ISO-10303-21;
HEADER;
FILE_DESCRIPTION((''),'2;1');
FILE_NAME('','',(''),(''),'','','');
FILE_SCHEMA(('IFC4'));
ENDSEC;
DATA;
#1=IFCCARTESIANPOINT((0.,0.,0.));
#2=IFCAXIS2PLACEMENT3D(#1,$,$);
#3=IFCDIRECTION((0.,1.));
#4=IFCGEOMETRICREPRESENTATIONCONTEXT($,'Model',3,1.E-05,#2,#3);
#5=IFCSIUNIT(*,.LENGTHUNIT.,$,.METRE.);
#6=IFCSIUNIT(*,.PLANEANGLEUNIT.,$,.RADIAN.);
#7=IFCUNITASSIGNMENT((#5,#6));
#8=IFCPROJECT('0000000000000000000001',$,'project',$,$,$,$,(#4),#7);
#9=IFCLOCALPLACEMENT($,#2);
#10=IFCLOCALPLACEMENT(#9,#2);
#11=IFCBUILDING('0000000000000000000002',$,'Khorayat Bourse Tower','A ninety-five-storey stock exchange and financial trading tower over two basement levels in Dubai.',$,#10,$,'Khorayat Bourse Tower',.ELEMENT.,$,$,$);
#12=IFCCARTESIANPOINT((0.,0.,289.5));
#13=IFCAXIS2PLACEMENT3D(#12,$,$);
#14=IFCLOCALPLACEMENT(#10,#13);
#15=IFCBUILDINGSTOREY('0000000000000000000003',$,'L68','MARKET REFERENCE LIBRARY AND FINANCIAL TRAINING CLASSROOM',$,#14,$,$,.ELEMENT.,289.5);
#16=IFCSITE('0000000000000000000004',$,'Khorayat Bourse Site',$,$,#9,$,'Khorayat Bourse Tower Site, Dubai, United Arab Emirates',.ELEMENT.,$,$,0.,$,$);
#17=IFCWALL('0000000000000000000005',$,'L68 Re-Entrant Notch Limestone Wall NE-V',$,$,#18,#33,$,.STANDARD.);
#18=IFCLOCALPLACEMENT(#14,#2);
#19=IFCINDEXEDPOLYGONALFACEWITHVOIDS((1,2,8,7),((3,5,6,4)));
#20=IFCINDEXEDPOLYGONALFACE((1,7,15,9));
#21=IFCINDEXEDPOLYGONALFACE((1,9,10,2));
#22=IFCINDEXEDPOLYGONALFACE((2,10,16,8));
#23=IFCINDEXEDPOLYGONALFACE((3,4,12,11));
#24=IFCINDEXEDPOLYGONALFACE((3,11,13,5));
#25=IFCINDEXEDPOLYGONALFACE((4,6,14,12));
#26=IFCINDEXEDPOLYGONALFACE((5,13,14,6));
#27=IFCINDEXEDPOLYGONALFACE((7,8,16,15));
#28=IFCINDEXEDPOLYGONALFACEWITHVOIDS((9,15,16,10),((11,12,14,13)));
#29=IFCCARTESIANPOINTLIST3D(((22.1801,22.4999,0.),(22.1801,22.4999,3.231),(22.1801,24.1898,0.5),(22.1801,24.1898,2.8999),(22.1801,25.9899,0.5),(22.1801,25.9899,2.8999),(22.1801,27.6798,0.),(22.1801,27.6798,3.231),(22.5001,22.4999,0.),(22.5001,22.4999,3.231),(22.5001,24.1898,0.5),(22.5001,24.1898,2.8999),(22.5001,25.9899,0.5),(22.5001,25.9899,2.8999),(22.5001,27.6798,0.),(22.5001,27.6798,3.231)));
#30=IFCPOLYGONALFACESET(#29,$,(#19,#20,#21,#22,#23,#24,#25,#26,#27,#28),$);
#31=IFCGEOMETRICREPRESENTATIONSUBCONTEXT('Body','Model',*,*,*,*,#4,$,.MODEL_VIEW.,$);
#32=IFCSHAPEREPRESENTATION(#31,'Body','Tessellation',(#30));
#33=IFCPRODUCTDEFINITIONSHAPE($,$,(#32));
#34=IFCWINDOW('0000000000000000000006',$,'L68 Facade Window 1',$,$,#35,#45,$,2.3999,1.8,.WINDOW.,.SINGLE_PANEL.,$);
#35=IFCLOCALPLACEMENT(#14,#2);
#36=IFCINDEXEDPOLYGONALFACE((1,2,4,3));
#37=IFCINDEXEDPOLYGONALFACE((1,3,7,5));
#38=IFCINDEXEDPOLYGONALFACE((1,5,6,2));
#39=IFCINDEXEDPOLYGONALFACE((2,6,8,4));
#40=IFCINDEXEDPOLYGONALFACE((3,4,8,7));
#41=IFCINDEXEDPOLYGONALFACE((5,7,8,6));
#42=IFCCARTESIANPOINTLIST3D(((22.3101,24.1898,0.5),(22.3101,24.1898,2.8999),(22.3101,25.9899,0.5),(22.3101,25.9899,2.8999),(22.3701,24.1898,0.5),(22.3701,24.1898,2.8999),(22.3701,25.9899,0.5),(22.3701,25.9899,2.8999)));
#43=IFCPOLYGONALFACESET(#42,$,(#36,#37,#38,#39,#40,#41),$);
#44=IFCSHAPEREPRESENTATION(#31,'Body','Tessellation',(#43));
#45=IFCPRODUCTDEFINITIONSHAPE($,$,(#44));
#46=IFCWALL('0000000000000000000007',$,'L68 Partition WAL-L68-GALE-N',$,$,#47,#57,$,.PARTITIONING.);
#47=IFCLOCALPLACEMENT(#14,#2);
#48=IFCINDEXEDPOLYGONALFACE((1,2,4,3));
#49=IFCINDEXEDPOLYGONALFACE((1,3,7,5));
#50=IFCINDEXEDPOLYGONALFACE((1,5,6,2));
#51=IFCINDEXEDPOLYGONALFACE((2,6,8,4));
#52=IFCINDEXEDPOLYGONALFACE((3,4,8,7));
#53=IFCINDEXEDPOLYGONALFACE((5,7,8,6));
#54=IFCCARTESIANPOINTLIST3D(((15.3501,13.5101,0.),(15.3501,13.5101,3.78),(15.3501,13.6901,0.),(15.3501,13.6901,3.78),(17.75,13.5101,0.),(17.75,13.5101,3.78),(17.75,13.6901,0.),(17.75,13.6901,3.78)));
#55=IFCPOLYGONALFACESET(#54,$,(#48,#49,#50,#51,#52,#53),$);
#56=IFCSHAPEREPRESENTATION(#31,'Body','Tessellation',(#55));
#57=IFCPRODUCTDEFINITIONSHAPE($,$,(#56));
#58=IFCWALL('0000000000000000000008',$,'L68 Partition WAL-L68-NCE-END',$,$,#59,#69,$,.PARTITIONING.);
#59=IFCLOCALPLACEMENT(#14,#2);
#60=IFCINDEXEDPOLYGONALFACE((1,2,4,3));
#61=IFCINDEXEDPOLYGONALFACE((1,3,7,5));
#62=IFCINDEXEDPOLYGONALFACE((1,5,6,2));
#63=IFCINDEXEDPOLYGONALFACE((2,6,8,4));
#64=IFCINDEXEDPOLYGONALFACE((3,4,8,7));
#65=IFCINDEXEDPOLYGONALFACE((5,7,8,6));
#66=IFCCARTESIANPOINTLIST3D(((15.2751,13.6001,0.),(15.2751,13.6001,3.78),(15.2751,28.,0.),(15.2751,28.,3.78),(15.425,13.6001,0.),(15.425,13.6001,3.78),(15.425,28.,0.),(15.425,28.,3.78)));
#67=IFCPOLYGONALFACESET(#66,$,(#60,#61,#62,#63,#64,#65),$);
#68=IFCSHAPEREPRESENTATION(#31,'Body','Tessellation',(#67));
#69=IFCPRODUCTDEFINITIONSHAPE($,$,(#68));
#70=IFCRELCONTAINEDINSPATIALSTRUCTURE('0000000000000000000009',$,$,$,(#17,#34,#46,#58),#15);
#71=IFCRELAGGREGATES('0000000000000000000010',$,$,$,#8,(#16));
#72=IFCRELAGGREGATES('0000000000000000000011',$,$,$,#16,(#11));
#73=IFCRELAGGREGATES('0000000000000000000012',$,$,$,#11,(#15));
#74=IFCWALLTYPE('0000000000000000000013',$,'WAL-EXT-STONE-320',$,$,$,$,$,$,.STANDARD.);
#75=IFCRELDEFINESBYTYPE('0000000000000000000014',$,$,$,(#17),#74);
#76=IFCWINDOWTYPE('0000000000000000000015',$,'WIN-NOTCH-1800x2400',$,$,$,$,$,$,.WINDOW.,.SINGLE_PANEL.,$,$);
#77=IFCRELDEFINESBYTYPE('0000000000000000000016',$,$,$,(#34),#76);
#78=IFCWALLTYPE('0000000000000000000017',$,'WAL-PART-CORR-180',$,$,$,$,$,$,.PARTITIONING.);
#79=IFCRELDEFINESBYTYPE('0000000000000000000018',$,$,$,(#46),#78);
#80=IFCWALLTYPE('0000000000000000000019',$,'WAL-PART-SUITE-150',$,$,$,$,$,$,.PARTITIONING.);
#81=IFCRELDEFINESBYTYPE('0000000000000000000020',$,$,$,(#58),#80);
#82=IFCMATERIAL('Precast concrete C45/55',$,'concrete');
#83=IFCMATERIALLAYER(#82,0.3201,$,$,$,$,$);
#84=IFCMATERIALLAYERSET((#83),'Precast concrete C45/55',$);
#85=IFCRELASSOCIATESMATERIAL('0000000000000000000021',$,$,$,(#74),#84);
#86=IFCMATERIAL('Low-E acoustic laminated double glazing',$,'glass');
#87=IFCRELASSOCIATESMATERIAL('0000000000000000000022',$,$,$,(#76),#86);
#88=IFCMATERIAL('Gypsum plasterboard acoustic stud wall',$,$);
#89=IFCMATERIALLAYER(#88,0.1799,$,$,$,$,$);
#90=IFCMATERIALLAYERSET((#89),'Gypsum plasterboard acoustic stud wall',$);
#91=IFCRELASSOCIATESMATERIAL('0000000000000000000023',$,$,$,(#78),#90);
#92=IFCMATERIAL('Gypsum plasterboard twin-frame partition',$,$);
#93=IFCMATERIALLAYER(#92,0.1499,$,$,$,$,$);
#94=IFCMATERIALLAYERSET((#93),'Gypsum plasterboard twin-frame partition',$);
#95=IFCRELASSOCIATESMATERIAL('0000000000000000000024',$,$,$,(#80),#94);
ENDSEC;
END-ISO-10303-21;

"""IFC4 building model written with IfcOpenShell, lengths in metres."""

from ifc_helpers import new_model, si_unit, direction, frame, frame_2d, origin, place, context, subcontext, project, spatial, rectangle, extrude, source, transform, mapped, material, layer, layer_set, type_object, element, fill, save


model = new_model("IFC4")

# Units and contexts
model_context = context("Model", 3, precision=1e-05, world=origin(), true_north=direction((0.0, 1.0)))
body_context = subcontext(model_context, "Body", "Model", "MODEL_VIEW")
ifc_project = project(units=[si_unit("LENGTHUNIT", "METRE"), si_unit("PLANEANGLEUNIT", "RADIAN")], contexts=[model_context])

# Site, building, storey
site_placement = place(None, origin())
site = spatial("IfcSite", under=ifc_project, at=site_placement, Name="Khorayat Bourse Site", LongName="Khorayat Bourse Tower Site, Dubai, United Arab Emirates", CompositionType="ELEMENT", RefElevation=0.0)
building_placement = place(site_placement, origin())
building = spatial("IfcBuilding", under=site, at=building_placement, Name="Khorayat Bourse Tower", Description="A ninety-five-storey stock exchange and financial trading tower over two basement levels in Dubai.", LongName="Khorayat Bourse Tower", CompositionType="ELEMENT")
storey_placement = place(building_placement, frame((0.0, 0.0, 289.5)))
storey = spatial("IfcBuildingStorey", under=building, at=storey_placement, Name="L68", Description="MARKET REFERENCE LIBRARY AND FINANCIAL TRAINING CLASSROOM", CompositionType="ELEMENT", Elevation=289.5)

# Wall, opening, window
ifc_material_1 = material(Name="Precast concrete C45/55", Category="concrete")
ifc_layer_1 = layer(ifc_material_1, 0.3201)
ifc_layer_set_1 = layer_set([ifc_layer_1], Name="Precast concrete C45/55")
wall_type_1 = type_object("IfcWallType", Name="WAL-EXT-STONE-320", PredefinedType="STANDARD", material=ifc_layer_set_1)
shared_shape_1 = source(origin(), body_context, "Body", "SweptSolid", [
    extrude(rectangle(XDim=5.1799, YDim=0.3201, at=frame_2d((2.5898, 0.0))), origin(), (0.0, 0.0, 1.0), 3.231),
])
shared_shape_2 = source(origin(), body_context, "Body", "SweptSolid", [
    extrude(rectangle(XDim=1.8, YDim=2.3999, at=frame_2d((0.8999, 1.2))), frame((0.0, 0.1699, 0.0), z_axis=(0.0, -1.0, 0.0), x_axis=(1.0, 0.0, 0.0)), (0.0, 0.0, 1.0), 0.3401),
])
ifc_material_2 = material(Name="Low-E acoustic laminated double glazing", Category="glass")
window_type = type_object("IfcWindowType", Name="WIN-NOTCH-1800x2400", PartitioningType="SINGLE_PANEL", PredefinedType="WINDOW", material=ifc_material_2)
shared_shape_3 = source(origin(), body_context, "Body", "SweptSolid", [
    extrude(rectangle(XDim=1.8, YDim=2.3999, at=frame_2d((0.8999, 1.2))), frame((0.0, 0.03, 0.0), z_axis=(0.0, -1.0, 0.0), x_axis=(1.0, 0.0, 0.0)), (0.0, 0.0, 1.0), 0.0601),
])
wall_1_placement = place(storey_placement, frame((22.3401, 22.5, 0.0), z_axis=(0.0, 0.0, 1.0), x_axis=(0.0, 1.0, 0.0)))
wall_1 = element("IfcWall", 1, at=wall_1_placement, inside=storey, type_object=wall_type_1, Name="L68 Re-Entrant Notch Limestone Wall NE-V", PredefinedType="STANDARD", context=body_context, shape_type="MappedRepresentation", body=[
    mapped(shared_shape_1, transform((0.0, 0.0, 0.0), scale=1.0)),
])
opening_1_placement = place(wall_1_placement, frame((1.6899, 0.0, 0.5)))
opening_1 = element("IfcOpeningElement", 2, at=opening_1_placement, cuts=wall_1, PredefinedType="OPENING", context=body_context, shape_type="MappedRepresentation", body=[
    mapped(shared_shape_2, transform((0.0, 0.0, 0.0), scale=1.0)),
])
window_1_placement = place(opening_1_placement, origin())
window_1 = element("IfcWindow", 3, at=window_1_placement, inside=storey, type_object=window_type, Name="L68 Facade Window 1", OverallHeight=2.3999, OverallWidth=1.8, PartitioningType="SINGLE_PANEL", PredefinedType="WINDOW", context=body_context, shape_type="MappedRepresentation", body=[
    mapped(shared_shape_3, transform((0.0, 0.0, 0.0), scale=1.0)),
])
fill(opening_1, window_1)

# Walls
ifc_material_3 = material(Name="Gypsum plasterboard acoustic stud wall")
ifc_layer_2 = layer(ifc_material_3, 0.1799)
ifc_layer_set_2 = layer_set([ifc_layer_2], Name="Gypsum plasterboard acoustic stud wall")
wall_type_2 = type_object("IfcWallType", Name="WAL-PART-CORR-180", PredefinedType="PARTITIONING", material=ifc_layer_set_2)
shared_shape_4 = source(origin(), body_context, "Body", "SweptSolid", [
    extrude(rectangle(XDim=2.3999, YDim=0.1799, at=frame_2d((1.2, 0.0))), origin(), (0.0, 0.0, 1.0), 3.78),
])
wall_2_placement = place(storey_placement, frame((15.3501, 13.6001, 0.0), z_axis=(0.0, 0.0, 1.0), x_axis=(1.0, 0.0, 0.0)))
element("IfcWall", 4, at=wall_2_placement, inside=storey, type_object=wall_type_2, Name="L68 Partition WAL-L68-GALE-N", PredefinedType="PARTITIONING", context=body_context, shape_type="MappedRepresentation", body=[
    mapped(shared_shape_4, transform((0.0, 0.0, 0.0), scale=1.0)),
])
ifc_material_4 = material(Name="Gypsum plasterboard twin-frame partition")
ifc_layer_3 = layer(ifc_material_4, 0.1499)
ifc_layer_set_3 = layer_set([ifc_layer_3], Name="Gypsum plasterboard twin-frame partition")
wall_type_3 = type_object("IfcWallType", Name="WAL-PART-SUITE-150", PredefinedType="PARTITIONING", material=ifc_layer_set_3)
shared_shape_5 = source(origin(), body_context, "Body", "SweptSolid", [
    extrude(rectangle(XDim=14.3999, YDim=0.1499, at=frame_2d((7.2, 0.0))), origin(), (0.0, 0.0, 1.0), 3.78),
])
wall_3_placement = place(storey_placement, frame((15.3501, 13.6001, 0.0), z_axis=(0.0, 0.0, 1.0), x_axis=(0.0, 1.0, 0.0)))
element("IfcWall", 5, at=wall_3_placement, inside=storey, type_object=wall_type_3, Name="L68 Partition WAL-L68-NCE-END", PredefinedType="PARTITIONING", context=body_context, shape_type="MappedRepresentation", body=[
    mapped(shared_shape_5, transform((0.0, 0.0, 0.0), scale=1.0)),
])

save(model, "model.ifc")
